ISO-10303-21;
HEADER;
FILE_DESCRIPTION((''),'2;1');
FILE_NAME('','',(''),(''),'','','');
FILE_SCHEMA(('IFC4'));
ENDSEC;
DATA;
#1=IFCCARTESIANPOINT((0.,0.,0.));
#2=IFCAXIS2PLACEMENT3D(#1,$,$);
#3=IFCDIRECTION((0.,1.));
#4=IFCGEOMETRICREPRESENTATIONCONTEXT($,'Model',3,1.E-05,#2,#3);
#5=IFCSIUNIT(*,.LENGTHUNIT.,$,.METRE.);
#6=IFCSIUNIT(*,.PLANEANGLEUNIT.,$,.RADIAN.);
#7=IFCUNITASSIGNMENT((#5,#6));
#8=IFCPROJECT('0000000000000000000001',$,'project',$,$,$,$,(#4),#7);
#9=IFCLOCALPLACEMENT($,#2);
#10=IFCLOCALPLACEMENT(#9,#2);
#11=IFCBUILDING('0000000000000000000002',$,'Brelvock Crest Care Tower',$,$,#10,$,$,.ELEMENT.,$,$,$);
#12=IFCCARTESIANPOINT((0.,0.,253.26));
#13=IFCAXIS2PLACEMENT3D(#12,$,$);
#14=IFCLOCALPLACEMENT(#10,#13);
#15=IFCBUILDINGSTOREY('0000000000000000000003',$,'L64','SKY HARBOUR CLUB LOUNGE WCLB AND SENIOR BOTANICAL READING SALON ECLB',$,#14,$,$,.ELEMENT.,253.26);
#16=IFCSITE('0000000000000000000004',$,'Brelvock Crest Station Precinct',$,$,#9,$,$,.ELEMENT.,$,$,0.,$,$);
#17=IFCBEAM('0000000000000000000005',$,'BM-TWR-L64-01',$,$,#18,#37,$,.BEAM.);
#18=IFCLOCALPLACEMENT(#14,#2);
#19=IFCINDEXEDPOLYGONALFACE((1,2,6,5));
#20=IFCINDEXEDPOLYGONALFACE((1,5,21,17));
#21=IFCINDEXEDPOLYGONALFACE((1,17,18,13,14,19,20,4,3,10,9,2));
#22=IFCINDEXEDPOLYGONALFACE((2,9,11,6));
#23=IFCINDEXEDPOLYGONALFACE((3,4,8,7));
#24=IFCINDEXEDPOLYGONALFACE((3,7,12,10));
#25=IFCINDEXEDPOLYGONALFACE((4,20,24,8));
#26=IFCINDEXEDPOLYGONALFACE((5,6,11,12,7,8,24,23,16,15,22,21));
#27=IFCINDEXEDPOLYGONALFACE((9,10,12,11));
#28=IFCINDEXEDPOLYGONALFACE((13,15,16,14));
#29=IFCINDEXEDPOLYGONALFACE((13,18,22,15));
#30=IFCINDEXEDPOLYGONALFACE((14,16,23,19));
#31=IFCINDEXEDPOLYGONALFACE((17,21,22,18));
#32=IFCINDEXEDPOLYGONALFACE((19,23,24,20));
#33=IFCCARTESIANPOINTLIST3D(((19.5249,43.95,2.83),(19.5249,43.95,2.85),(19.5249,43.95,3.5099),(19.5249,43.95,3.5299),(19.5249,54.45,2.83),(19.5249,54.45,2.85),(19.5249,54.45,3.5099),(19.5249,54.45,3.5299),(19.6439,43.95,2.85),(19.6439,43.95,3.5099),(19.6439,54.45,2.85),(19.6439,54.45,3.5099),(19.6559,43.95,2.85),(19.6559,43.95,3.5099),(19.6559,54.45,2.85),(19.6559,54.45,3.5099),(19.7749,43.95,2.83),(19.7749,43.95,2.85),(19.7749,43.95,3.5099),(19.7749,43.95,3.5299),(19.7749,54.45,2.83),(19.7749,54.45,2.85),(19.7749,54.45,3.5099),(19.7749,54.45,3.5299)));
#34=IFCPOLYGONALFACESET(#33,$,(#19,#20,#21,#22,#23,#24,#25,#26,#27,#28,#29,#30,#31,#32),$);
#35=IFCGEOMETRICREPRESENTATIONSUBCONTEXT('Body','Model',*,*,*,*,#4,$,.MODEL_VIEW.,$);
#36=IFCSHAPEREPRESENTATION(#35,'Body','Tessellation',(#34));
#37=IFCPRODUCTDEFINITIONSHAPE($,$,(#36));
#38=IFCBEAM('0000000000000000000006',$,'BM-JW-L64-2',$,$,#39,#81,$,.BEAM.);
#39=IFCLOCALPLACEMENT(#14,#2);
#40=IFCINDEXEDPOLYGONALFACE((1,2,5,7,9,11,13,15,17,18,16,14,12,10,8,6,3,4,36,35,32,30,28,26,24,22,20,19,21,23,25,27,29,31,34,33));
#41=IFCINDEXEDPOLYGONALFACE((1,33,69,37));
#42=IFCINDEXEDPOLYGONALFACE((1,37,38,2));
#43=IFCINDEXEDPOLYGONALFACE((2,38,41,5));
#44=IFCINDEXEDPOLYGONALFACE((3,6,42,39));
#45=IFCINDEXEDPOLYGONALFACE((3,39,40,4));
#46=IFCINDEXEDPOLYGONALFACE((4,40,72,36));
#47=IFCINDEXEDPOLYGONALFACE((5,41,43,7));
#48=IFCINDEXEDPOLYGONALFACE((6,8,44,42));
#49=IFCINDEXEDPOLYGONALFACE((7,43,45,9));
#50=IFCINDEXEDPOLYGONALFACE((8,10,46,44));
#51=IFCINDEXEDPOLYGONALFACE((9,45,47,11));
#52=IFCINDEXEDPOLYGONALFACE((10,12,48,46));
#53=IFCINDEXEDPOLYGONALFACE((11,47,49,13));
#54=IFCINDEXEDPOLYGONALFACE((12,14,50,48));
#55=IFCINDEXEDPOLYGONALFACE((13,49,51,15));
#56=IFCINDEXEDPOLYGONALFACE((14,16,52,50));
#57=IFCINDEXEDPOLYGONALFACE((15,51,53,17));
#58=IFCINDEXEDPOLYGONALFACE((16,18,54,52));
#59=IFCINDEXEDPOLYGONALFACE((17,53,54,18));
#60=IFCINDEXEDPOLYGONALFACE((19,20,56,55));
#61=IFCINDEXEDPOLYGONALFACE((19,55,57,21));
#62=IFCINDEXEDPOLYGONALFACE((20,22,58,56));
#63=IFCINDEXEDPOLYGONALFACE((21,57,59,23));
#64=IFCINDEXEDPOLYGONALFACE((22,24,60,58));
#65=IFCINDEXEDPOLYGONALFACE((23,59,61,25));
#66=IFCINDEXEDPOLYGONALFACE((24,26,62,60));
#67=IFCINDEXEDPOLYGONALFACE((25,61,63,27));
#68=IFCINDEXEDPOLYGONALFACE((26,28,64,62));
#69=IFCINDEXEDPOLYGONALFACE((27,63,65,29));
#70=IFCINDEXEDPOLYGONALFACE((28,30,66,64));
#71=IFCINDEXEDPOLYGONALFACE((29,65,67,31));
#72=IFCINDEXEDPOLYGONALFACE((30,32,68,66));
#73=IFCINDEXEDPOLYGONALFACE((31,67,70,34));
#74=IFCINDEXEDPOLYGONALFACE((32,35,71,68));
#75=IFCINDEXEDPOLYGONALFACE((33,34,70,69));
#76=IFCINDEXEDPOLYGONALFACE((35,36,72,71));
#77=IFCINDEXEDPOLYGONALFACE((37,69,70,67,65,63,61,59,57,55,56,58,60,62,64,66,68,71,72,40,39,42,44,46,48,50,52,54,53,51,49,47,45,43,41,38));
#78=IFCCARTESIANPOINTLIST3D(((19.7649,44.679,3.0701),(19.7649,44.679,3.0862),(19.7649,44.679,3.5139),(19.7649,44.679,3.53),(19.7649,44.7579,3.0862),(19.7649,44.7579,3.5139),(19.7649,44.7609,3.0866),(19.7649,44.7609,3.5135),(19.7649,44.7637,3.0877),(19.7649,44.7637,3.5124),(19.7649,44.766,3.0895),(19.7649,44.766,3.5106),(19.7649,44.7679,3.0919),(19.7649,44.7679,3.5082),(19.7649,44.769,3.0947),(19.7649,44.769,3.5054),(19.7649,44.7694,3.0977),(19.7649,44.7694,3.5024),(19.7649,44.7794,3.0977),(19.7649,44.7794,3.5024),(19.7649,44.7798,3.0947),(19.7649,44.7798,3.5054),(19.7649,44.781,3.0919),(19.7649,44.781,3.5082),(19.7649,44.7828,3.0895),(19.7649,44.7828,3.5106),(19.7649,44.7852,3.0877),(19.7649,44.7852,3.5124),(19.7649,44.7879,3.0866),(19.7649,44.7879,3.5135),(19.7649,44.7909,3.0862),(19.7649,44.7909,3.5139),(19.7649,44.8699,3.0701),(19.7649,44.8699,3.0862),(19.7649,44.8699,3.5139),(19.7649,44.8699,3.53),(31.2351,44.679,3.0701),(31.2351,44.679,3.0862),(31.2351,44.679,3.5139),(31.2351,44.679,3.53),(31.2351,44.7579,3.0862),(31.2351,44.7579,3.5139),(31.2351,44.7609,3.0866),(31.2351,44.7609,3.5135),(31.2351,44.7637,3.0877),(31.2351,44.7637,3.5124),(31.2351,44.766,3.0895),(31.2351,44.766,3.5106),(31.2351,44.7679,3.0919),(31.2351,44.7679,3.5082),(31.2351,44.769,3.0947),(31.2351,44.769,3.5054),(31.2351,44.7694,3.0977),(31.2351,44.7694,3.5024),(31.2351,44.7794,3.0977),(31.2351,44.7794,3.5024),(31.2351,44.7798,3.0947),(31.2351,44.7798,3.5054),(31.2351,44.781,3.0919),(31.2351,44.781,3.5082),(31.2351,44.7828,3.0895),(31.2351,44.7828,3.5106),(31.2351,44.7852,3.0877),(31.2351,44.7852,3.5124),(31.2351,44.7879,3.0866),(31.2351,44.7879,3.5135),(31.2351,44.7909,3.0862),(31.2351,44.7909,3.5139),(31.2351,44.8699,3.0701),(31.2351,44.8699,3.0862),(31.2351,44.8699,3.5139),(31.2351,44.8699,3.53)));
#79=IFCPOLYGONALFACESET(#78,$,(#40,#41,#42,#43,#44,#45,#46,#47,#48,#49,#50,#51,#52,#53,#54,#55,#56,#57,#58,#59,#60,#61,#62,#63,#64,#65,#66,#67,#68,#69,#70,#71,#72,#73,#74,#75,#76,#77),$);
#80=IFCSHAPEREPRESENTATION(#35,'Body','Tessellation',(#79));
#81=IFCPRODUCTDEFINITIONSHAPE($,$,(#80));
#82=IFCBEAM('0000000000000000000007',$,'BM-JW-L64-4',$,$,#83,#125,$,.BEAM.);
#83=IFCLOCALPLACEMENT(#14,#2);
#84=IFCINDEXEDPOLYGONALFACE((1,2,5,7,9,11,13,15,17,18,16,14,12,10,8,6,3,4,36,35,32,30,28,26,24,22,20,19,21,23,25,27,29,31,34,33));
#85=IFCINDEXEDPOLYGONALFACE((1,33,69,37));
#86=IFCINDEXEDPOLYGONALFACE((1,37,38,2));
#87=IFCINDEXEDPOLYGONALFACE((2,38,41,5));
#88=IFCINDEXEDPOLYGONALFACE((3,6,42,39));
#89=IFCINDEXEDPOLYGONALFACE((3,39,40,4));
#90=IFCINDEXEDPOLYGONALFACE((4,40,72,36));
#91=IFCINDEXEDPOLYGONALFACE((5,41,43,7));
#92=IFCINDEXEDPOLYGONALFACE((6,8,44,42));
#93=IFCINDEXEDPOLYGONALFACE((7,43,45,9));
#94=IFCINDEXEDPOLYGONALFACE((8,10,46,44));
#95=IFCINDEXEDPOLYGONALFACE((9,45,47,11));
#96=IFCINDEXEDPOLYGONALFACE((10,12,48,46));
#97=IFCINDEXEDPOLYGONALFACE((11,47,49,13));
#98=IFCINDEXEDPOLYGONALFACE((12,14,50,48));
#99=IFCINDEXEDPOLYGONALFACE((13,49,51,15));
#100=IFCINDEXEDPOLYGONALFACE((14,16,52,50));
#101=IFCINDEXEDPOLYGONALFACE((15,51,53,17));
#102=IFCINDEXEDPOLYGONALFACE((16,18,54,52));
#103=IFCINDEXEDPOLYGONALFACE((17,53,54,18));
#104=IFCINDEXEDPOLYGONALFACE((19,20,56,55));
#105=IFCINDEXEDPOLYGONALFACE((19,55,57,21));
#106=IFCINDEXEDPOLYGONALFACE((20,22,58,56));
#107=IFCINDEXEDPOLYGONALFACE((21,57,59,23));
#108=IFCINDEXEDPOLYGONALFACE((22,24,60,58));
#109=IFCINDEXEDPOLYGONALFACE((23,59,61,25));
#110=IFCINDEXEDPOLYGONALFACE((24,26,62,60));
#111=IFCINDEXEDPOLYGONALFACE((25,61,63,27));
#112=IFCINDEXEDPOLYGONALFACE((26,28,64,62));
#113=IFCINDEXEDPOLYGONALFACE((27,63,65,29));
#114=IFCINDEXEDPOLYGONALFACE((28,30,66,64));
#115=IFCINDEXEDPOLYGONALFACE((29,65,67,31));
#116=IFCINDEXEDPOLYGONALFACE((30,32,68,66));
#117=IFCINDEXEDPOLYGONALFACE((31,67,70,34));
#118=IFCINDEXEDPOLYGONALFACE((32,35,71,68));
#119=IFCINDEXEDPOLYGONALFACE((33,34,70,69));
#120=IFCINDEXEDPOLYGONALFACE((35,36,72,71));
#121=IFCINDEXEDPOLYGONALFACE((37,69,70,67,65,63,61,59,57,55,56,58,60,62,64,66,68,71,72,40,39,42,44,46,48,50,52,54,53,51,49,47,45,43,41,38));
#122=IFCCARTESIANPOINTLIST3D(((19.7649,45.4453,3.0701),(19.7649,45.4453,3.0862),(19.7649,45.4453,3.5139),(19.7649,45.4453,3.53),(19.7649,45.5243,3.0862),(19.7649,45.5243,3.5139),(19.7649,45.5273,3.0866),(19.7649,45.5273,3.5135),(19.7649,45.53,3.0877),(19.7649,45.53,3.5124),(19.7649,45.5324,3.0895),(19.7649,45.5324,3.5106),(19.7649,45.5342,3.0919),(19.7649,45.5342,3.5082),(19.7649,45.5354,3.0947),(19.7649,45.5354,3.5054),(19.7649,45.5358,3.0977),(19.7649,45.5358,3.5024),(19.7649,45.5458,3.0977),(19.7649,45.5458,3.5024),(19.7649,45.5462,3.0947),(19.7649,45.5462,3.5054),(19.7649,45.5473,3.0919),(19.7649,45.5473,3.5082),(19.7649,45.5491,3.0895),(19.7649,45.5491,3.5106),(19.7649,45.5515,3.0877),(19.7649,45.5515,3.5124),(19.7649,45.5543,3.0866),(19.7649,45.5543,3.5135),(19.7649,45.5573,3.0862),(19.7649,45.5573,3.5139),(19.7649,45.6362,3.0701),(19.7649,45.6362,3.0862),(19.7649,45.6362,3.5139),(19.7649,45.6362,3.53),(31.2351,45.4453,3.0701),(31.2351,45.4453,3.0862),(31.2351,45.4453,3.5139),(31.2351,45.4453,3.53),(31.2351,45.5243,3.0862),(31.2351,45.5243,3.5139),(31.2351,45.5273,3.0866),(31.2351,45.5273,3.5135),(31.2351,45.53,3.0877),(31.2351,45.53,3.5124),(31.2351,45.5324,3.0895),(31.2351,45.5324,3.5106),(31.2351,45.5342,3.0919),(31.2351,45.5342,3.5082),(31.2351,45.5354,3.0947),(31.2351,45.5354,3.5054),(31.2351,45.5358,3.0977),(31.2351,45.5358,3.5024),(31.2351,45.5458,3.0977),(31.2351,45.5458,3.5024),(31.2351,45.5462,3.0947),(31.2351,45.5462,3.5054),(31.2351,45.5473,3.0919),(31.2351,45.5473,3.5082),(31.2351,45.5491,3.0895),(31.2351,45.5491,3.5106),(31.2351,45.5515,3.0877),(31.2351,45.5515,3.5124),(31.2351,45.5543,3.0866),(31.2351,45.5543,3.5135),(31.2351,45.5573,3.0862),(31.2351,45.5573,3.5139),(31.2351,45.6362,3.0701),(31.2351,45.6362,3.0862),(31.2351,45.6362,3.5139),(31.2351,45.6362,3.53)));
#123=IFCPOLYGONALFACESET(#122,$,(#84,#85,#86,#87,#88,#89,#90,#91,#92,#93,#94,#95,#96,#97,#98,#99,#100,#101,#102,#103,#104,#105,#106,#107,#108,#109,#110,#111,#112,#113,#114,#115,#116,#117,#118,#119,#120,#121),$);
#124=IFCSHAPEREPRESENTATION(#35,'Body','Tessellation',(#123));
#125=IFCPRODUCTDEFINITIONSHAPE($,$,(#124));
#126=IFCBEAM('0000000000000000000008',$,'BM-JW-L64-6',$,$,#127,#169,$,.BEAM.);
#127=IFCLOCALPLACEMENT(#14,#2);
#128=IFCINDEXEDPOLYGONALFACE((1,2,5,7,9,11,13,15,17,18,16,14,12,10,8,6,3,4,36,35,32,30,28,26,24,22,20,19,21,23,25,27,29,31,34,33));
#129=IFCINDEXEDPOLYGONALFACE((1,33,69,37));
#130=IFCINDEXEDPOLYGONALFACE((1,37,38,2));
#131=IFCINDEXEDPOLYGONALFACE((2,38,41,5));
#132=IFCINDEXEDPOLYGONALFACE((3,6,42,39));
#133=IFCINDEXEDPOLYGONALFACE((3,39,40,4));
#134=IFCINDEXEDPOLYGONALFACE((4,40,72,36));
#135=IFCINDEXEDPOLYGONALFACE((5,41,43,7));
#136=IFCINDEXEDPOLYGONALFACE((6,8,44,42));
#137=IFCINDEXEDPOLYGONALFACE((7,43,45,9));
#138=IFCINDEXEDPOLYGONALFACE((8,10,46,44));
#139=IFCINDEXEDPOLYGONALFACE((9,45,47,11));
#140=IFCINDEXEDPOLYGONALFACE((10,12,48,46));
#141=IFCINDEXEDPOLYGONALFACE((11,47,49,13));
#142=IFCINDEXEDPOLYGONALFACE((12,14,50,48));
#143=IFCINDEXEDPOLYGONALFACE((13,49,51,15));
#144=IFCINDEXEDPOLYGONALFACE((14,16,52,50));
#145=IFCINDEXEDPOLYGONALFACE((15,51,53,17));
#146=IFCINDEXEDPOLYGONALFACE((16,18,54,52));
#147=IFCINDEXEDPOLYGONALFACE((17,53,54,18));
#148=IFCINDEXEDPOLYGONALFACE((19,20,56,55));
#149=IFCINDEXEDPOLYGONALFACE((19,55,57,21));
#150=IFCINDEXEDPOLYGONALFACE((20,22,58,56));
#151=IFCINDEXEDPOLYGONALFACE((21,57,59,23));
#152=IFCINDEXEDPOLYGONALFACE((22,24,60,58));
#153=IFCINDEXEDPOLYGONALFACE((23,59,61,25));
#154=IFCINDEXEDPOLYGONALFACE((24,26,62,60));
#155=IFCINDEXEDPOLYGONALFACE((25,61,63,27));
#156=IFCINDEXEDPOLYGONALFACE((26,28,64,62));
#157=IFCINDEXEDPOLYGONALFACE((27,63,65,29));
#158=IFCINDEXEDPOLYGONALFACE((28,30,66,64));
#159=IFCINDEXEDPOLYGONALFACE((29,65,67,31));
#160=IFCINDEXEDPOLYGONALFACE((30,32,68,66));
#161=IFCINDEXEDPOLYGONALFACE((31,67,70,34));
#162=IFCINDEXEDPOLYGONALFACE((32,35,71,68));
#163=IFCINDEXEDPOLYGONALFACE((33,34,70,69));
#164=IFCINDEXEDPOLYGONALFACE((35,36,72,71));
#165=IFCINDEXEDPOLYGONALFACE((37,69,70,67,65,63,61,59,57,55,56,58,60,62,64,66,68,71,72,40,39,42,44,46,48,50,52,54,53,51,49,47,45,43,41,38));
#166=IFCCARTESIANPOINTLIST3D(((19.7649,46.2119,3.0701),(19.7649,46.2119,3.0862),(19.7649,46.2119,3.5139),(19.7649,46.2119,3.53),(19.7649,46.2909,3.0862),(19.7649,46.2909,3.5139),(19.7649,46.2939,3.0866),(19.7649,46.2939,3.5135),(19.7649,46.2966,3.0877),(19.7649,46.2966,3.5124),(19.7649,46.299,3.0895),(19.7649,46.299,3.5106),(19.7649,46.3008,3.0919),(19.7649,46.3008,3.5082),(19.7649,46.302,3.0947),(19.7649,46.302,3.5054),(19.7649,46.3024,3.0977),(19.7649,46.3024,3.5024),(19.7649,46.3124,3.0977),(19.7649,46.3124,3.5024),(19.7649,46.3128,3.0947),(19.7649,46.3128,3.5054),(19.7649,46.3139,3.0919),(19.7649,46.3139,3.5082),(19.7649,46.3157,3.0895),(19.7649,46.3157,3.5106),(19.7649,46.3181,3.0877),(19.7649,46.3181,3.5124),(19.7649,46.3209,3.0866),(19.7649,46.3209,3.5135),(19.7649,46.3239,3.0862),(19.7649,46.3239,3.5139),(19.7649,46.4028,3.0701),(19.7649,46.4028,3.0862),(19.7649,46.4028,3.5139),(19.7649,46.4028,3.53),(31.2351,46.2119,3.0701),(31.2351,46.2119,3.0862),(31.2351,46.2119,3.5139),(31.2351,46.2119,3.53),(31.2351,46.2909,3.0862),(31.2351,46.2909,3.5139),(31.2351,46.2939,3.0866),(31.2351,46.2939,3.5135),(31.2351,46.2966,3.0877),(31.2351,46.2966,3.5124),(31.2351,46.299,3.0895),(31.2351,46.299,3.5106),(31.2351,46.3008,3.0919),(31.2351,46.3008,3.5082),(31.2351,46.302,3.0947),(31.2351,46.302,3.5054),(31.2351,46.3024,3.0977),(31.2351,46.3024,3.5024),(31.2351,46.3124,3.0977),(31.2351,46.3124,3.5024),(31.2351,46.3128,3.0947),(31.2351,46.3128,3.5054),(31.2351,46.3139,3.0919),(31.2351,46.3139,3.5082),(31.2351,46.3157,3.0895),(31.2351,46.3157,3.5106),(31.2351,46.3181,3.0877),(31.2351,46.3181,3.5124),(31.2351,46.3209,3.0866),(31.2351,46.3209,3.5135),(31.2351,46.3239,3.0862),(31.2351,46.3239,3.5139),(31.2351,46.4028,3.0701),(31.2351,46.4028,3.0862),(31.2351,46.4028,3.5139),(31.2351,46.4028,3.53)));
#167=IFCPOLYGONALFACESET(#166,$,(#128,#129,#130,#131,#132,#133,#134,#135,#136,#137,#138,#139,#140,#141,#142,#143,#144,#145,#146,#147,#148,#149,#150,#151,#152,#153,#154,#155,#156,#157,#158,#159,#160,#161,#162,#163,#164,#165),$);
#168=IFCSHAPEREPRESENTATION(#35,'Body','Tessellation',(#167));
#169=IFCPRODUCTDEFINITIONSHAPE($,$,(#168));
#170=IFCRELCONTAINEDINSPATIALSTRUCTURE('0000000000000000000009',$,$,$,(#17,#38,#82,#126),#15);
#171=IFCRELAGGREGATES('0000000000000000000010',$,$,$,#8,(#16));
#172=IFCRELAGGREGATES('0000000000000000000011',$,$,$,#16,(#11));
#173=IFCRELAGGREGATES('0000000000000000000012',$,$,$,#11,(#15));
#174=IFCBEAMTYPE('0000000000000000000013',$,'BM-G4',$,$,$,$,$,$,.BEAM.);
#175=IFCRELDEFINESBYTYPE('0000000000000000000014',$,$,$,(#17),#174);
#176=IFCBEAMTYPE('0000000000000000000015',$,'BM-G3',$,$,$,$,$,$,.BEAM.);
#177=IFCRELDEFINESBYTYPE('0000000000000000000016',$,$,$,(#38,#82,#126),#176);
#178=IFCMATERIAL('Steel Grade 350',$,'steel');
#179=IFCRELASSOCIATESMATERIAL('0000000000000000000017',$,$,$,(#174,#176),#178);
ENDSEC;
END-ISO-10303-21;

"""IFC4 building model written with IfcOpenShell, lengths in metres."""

from ifc_helpers import new_model, si_unit, direction, frame, origin, origin_2d, place, context, subcontext, project, spatial, i_section, extrude, source, transform, mapped, material, material_profile, profile_set, type_object, element, save


model = new_model("IFC4")

# Units and contexts
model_context = context("Model", 3, precision=1e-05, world=origin(), true_north=direction((0.0, 1.0)))
body_context = subcontext(model_context, "Body", "Model", "MODEL_VIEW")
ifc_project = project(units=[si_unit("LENGTHUNIT", "METRE"), si_unit("PLANEANGLEUNIT", "RADIAN")], contexts=[model_context])

# Site, building, storey
site_placement = place(None, origin())
site = spatial("IfcSite", under=ifc_project, at=site_placement, Name="Brelvock Crest Station Precinct", CompositionType="ELEMENT", RefElevation=0.0)
building_placement = place(site_placement, origin())
building = spatial("IfcBuilding", under=site, at=building_placement, Name="Brelvock Crest Care Tower", CompositionType="ELEMENT")
storey_placement = place(building_placement, frame((0.0, 0.0, 253.26)))
storey = spatial("IfcBuildingStorey", under=building, at=storey_placement, Name="L64", Description="SKY HARBOUR CLUB LOUNGE WCLB AND SENIOR BOTANICAL READING SALON ECLB", CompositionType="ELEMENT", Elevation=253.26)

# Beams
ifc_material_1 = material(Name="Steel Grade 350", Category="steel")
ifc_material_profile_1 = material_profile(ifc_material_1, i_section(OverallWidth=0.25, OverallDepth=0.7, WebThickness=0.012, FlangeThickness=0.02, at=origin_2d()), Name="700WB150")
ifc_profile_set_1 = profile_set([ifc_material_profile_1], Name="Steel Grade 350")
beam_type_1 = type_object("IfcBeamType", Name="BM-G4", PredefinedType="BEAM", material=ifc_profile_set_1)
shared_shape_1 = source(origin(), body_context, "Body", "SweptSolid", [
    extrude(i_section(OverallWidth=0.25, OverallDepth=0.7, WebThickness=0.012, FlangeThickness=0.02, at=origin_2d()), origin(), (0.0, 0.0, 1.0), 10.5),
])
beam_1_placement = place(storey_placement, frame((19.6499, 43.95, 3.1799), z_axis=(0.0, 1.0, 0.0), x_axis=(-1.0, 0.0, 0.0)))
element("IfcBeam", 1, at=beam_1_placement, inside=storey, type_object=beam_type_1, Name="BM-TWR-L64-01", PredefinedType="BEAM", context=body_context, shape_type="MappedRepresentation", body=[
    mapped(shared_shape_1, transform((0.0, 0.0, 0.0), x_axis=(1.0, 0.0, 0.0), y_axis=(0.0, 1.0, 0.0), z_axis=(0.0, 0.0, 1.0), scale=1.0)),
])
ifc_material_profile_2 = material_profile(ifc_material_1, i_section(OverallWidth=0.1909, OverallDepth=0.46, WebThickness=0.01, FlangeThickness=0.0161, FilletRadius=0.0115, at=origin_2d()), Name="460UB82.1")
ifc_profile_set_2 = profile_set([ifc_material_profile_2], Name="Steel Grade 350")
beam_type_2 = type_object("IfcBeamType", Name="BM-G3", PredefinedType="BEAM", material=ifc_profile_set_2)
shared_shape_2 = source(origin(), body_context, "Body", "SweptSolid", [
    extrude(i_section(OverallWidth=0.1909, OverallDepth=0.46, WebThickness=0.01, FlangeThickness=0.0161, FilletRadius=0.0115, at=origin_2d()), origin(), (0.0, 0.0, 1.0), 11.4702),
])
for number, where, z_axis, x_axis, name in (
    (2, (19.7649, 44.7744, 3.3), (1.0, 0.0, 0.0), (0.0, 1.0, 0.0), "BM-JW-L64-2"),
    (3, (19.7649, 45.5408, 3.3), (1.0, 0.0, 0.0), (0.0, 1.0, 0.0), "BM-JW-L64-4"),
    (4, (19.7649, 46.3074, 3.3), (1.0, 0.0, 0.0), (0.0, 1.0, 0.0), "BM-JW-L64-6"),
):
    element("IfcBeam", number, at=place(storey_placement, frame(where, z_axis=z_axis, x_axis=x_axis)), inside=storey, type_object=beam_type_2, Name=name, PredefinedType="BEAM", context=body_context, shape_type="MappedRepresentation", body=[
        mapped(shared_shape_2, transform((0.0, 0.0, 0.0), x_axis=(1.0, 0.0, 0.0), y_axis=(0.0, 1.0, 0.0), z_axis=(0.0, 0.0, 1.0), scale=1.0)),
    ])

save(model, "model.ifc")
